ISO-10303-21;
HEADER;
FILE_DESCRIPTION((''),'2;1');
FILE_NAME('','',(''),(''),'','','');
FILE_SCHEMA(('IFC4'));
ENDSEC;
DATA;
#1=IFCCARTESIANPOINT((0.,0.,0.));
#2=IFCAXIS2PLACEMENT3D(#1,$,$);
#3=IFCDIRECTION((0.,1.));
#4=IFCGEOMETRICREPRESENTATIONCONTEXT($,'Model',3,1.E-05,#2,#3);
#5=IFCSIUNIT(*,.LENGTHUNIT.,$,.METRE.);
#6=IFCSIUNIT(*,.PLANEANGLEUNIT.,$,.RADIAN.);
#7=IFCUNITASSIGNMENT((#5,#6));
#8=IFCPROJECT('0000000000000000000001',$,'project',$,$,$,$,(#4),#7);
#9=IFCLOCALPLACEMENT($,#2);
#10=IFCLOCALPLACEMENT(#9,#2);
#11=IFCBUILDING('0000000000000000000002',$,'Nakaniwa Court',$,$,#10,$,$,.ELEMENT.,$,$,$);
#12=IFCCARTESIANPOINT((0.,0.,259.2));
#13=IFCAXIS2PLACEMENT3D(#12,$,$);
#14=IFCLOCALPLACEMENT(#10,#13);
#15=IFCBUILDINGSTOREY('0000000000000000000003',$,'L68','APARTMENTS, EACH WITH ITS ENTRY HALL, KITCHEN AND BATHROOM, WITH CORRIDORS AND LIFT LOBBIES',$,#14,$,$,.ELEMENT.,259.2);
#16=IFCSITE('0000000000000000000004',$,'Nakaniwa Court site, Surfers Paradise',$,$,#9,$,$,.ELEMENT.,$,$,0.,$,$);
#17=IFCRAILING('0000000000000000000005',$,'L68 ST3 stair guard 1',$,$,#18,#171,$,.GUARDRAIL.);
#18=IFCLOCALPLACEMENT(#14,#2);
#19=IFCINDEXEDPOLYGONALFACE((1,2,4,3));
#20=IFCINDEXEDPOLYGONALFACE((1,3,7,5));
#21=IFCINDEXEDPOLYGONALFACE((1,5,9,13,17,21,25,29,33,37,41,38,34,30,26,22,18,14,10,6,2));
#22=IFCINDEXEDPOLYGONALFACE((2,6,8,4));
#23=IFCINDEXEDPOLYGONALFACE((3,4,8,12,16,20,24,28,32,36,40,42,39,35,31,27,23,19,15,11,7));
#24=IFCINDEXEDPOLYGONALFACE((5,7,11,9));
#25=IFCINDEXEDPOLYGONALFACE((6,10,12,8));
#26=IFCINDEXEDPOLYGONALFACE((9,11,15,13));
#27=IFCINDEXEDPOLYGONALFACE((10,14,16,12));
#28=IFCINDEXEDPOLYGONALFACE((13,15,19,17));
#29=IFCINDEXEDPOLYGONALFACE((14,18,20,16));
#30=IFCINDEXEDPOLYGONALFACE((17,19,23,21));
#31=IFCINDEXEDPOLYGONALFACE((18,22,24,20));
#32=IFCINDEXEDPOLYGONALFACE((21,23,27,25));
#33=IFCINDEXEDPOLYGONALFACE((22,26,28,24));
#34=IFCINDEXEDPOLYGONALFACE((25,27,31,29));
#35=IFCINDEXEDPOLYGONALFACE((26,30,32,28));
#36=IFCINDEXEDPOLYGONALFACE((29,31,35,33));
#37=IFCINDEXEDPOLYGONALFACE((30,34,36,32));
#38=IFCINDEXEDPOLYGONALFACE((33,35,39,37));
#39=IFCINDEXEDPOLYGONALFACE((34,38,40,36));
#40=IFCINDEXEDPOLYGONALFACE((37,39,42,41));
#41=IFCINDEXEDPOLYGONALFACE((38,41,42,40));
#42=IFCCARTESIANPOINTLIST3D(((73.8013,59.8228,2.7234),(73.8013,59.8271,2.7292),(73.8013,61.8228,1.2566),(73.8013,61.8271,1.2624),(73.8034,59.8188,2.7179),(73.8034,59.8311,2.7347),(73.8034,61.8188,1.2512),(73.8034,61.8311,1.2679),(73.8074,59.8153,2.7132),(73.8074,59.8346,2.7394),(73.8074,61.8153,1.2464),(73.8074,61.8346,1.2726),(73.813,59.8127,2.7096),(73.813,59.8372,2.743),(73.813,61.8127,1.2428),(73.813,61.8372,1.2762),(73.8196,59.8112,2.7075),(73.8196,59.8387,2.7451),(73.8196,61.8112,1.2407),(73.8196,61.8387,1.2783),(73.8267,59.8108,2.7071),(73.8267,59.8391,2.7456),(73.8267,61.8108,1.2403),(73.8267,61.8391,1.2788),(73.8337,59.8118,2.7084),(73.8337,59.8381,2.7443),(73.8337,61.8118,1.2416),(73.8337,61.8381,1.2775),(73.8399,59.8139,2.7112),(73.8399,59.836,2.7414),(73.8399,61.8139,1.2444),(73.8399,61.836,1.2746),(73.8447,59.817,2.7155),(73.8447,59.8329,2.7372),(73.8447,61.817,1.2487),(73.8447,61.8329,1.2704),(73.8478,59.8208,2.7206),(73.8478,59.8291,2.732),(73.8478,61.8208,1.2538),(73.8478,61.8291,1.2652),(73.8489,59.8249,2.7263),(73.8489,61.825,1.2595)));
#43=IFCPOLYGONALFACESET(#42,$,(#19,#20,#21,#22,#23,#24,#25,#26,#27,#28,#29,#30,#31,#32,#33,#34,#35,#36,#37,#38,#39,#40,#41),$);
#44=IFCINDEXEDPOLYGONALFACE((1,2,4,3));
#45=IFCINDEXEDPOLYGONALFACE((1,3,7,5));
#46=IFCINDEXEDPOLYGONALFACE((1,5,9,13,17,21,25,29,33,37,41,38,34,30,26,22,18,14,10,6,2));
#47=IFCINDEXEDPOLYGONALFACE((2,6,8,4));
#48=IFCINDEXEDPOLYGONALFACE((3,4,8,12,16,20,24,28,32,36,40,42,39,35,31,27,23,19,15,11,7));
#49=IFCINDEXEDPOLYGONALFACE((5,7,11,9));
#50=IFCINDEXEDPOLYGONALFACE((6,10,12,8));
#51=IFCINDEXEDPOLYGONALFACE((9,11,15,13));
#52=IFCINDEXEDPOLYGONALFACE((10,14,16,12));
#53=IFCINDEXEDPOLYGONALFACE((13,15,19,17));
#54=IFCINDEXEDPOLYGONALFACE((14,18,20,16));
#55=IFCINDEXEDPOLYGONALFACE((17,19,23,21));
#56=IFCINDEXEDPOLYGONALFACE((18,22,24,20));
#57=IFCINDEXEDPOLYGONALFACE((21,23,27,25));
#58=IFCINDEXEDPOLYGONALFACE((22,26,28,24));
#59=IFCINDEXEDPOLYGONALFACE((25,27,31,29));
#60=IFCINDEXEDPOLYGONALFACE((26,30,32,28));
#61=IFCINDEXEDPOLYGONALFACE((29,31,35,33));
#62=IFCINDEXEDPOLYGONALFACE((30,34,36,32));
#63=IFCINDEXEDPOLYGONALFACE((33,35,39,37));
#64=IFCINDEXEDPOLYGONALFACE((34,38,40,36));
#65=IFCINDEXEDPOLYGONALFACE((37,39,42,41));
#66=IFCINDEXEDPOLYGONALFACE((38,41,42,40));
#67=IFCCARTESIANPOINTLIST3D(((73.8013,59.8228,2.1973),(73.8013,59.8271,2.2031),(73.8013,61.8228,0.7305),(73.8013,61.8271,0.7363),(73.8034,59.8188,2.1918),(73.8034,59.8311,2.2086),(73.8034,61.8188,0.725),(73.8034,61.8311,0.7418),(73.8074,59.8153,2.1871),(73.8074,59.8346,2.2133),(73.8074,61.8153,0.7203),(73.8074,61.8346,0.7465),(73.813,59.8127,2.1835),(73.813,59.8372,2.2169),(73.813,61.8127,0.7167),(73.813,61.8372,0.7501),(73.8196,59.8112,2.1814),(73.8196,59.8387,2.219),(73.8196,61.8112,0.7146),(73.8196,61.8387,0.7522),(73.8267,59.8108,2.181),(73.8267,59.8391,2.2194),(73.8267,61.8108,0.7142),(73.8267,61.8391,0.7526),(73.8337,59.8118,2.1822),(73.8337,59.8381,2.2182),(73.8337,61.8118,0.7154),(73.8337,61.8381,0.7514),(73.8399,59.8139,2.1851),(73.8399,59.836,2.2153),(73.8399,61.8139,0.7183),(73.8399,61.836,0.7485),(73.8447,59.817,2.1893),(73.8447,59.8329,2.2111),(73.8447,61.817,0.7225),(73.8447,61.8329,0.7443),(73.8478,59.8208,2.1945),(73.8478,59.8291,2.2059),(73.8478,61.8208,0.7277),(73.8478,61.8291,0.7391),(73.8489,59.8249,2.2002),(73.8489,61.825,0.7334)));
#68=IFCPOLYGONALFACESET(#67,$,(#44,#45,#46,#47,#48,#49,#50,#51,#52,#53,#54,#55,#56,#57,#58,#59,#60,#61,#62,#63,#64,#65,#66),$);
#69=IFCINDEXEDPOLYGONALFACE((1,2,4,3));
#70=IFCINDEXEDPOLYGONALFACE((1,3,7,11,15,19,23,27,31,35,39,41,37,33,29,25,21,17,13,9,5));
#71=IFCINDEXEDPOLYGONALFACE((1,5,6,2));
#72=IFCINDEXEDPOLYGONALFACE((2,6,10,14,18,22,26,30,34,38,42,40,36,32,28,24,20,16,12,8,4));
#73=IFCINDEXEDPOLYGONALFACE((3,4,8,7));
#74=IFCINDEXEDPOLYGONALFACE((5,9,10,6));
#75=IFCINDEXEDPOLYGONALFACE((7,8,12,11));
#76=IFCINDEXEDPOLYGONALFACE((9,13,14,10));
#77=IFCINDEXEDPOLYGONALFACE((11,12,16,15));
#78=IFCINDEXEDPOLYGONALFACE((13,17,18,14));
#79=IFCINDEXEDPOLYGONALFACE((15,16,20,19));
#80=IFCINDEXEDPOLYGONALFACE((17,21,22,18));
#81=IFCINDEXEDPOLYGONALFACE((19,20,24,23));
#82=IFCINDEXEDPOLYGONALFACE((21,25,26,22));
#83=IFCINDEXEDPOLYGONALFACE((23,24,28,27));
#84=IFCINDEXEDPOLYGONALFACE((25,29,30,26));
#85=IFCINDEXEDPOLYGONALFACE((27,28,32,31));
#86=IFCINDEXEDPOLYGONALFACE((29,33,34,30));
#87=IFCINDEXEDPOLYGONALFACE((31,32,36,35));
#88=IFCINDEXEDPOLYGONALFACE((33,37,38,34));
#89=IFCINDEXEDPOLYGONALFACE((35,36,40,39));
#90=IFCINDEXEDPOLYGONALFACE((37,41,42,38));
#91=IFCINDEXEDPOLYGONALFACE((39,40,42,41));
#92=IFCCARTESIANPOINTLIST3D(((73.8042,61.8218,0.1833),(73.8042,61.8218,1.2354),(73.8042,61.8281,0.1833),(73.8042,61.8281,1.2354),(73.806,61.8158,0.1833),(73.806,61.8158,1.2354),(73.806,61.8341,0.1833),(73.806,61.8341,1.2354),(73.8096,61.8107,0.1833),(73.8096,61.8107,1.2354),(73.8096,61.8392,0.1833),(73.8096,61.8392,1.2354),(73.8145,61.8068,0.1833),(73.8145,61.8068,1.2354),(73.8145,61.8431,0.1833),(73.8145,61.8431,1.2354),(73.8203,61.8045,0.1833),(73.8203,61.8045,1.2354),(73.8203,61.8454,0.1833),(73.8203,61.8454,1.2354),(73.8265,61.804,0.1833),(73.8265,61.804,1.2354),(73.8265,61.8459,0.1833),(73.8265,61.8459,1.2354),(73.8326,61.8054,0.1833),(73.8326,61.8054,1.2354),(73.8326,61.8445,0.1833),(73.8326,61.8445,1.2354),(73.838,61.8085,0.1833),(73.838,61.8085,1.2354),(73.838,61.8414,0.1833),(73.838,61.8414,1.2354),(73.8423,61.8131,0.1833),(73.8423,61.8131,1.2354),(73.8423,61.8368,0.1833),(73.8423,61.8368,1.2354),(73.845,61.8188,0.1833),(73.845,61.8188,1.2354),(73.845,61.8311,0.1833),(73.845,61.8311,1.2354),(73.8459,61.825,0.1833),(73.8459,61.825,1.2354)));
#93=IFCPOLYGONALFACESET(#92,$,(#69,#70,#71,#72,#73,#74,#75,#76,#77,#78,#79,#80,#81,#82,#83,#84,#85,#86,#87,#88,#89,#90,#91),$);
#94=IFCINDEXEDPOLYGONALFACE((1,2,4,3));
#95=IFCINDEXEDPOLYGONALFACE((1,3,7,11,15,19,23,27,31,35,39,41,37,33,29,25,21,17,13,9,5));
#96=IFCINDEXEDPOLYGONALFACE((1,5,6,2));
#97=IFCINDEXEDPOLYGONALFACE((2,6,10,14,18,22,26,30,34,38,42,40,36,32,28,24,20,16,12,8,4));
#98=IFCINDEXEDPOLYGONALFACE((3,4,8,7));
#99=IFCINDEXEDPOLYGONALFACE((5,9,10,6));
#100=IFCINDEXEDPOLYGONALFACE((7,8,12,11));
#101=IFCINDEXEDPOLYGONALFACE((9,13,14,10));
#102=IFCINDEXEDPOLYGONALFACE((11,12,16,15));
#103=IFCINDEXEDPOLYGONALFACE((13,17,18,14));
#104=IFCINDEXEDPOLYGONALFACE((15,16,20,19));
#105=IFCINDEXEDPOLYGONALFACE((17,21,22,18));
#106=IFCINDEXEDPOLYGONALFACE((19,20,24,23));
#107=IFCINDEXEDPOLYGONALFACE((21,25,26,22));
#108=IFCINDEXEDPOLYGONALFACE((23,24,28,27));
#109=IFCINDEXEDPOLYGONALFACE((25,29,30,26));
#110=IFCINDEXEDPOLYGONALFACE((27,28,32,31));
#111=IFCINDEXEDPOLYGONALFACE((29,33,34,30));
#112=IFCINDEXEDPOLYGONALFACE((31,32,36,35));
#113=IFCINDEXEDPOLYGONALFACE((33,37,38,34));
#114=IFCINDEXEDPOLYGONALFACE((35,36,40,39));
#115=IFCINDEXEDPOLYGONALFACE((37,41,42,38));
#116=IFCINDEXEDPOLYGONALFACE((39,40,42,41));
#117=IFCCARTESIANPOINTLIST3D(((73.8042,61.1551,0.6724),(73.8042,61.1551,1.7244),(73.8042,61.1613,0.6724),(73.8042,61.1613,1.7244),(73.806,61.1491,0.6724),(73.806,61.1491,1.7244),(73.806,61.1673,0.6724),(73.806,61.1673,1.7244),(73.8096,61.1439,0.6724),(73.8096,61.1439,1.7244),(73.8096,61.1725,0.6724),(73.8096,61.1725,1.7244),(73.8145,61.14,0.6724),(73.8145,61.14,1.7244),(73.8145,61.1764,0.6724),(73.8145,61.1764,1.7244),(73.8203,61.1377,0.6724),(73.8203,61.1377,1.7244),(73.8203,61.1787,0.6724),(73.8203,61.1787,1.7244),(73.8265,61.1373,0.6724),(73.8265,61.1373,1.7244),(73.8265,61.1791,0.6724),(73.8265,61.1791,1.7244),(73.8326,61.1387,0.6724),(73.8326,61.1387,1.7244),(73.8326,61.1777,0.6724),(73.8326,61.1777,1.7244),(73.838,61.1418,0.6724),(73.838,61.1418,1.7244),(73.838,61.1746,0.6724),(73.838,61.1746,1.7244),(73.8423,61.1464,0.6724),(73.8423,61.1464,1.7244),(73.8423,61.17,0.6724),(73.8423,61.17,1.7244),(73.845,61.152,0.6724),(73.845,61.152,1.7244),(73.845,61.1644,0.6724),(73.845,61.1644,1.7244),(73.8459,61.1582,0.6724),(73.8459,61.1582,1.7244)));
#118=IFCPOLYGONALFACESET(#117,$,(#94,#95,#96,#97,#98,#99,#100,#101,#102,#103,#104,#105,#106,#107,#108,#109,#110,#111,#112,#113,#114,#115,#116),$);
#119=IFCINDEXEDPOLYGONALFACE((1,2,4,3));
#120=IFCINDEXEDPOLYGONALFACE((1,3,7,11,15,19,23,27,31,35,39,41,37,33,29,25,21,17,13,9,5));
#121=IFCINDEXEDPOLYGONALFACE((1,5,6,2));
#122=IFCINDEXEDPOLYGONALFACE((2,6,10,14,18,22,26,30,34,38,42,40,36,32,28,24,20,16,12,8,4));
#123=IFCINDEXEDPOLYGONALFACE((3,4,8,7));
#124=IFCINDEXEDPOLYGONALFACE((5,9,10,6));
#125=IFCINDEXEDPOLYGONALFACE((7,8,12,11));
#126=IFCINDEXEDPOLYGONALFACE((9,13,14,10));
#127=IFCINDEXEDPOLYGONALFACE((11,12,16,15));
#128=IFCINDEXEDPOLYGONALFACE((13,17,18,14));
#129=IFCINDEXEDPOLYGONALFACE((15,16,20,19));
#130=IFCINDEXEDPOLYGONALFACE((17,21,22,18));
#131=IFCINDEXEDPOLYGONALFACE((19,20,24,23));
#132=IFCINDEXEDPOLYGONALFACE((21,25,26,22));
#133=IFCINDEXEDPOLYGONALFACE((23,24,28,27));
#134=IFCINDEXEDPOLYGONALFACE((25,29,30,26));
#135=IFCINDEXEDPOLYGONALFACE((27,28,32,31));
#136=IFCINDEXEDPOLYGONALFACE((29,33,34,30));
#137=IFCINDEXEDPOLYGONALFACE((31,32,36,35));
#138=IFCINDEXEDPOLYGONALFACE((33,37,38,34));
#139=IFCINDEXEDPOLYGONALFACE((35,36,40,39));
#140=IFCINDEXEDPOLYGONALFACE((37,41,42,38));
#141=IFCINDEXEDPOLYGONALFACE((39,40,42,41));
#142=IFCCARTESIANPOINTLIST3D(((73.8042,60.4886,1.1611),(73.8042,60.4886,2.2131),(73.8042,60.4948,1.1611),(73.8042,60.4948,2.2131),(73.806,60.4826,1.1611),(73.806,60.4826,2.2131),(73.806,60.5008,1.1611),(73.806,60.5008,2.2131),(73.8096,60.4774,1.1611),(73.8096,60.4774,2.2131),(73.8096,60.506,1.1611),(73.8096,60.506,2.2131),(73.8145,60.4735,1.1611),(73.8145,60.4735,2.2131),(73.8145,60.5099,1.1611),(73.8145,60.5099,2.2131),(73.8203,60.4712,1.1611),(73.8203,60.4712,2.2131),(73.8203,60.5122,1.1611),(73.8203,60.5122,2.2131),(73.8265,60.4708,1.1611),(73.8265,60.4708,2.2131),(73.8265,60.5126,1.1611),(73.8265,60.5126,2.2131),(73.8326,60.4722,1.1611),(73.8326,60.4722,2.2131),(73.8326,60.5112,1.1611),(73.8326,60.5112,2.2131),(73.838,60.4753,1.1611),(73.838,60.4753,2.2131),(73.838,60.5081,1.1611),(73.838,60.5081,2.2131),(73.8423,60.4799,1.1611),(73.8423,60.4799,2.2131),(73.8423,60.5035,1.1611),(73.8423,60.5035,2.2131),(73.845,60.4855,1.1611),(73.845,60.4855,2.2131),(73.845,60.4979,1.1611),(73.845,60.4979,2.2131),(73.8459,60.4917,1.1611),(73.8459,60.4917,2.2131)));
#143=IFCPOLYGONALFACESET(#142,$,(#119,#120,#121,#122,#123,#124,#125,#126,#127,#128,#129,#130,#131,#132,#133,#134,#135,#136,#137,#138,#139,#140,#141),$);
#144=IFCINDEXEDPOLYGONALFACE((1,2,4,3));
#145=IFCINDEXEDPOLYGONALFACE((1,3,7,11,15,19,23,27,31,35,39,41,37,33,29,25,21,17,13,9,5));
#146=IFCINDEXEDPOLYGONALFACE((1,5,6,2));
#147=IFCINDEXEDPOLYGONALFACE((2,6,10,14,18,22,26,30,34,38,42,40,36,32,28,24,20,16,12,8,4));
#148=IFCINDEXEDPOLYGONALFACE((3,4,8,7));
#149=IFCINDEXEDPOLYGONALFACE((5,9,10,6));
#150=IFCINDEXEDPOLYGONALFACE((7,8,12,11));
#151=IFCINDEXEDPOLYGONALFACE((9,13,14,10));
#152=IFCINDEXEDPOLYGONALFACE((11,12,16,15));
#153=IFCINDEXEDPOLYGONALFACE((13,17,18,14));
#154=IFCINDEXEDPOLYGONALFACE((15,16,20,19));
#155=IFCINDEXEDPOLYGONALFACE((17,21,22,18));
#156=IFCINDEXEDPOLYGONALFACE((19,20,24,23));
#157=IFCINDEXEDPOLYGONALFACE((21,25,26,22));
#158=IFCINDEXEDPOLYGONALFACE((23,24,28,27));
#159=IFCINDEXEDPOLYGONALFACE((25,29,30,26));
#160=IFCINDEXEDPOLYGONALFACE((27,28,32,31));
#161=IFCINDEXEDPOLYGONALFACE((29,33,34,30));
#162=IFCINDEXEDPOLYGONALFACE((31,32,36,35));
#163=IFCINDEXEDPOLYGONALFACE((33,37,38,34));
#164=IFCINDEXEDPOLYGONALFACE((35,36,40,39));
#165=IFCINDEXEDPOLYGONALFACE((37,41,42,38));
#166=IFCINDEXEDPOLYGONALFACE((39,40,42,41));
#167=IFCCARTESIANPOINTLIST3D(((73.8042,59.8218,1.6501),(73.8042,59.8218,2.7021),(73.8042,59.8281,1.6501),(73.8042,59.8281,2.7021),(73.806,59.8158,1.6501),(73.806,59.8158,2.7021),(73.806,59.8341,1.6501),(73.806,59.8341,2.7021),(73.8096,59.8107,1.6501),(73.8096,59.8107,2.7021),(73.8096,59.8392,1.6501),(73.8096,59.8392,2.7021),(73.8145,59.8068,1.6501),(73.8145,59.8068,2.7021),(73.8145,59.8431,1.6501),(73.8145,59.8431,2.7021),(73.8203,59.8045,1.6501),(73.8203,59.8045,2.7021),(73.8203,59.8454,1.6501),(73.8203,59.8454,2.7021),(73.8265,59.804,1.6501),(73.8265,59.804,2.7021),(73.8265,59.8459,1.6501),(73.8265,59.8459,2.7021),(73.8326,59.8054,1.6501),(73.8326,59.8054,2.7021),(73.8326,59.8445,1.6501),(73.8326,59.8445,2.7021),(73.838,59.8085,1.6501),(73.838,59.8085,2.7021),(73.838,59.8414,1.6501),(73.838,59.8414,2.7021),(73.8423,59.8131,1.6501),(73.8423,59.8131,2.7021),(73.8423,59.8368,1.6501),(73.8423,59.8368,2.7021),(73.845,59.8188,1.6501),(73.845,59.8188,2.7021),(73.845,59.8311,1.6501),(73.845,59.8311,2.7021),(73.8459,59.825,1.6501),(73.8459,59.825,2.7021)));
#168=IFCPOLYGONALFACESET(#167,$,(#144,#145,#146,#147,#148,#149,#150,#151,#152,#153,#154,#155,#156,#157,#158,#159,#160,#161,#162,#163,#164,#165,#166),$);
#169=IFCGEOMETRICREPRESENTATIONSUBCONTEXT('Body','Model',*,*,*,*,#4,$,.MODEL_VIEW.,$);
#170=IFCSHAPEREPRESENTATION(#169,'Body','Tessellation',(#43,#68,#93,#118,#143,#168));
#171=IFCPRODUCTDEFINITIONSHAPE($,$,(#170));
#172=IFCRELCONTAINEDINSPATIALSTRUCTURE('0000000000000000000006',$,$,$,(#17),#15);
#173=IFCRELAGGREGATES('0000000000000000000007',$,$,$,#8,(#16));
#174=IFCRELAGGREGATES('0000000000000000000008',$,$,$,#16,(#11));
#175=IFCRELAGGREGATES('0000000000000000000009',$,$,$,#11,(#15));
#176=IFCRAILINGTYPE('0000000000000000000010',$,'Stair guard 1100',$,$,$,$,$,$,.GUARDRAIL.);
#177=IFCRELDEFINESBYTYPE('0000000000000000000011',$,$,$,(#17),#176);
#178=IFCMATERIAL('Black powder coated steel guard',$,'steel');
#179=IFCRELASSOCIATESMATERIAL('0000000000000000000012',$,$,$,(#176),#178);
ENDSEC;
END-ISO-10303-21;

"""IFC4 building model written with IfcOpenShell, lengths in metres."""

from ifc_helpers import new_model, si_unit, direction, frame, origin, origin_2d, place, context, subcontext, project, spatial, circle, extrude, material, type_object, element, save


model = new_model("IFC4")

# Units and contexts
model_context = context("Model", 3, precision=1e-05, world=origin(), true_north=direction((0.0, 1.0)))
body_context = subcontext(model_context, "Body", "Model", "MODEL_VIEW")
ifc_project = project(units=[si_unit("LENGTHUNIT", "METRE"), si_unit("PLANEANGLEUNIT", "RADIAN")], contexts=[model_context])

# Site, building, storey
site_placement = place(None, origin())
site = spatial("IfcSite", under=ifc_project, at=site_placement, Name="Nakaniwa Court site, Surfers Paradise", CompositionType="ELEMENT", RefElevation=0.0)
building_placement = place(site_placement, origin())
building = spatial("IfcBuilding", under=site, at=building_placement, Name="Nakaniwa Court", CompositionType="ELEMENT")
storey_placement = place(building_placement, frame((0.0, 0.0, 259.2)))
storey = spatial("IfcBuildingStorey", under=building, at=storey_placement, Name="L68", Description="APARTMENTS, EACH WITH ITS ENTRY HALL, KITCHEN AND BATHROOM, WITH CORRIDORS AND LIFT LOBBIES", CompositionType="ELEMENT", Elevation=259.2)

# Railing
ifc_material_1 = material(Name="Black powder coated steel guard", Category="steel")
railing_type_1 = type_object("IfcRailingType", Name="Stair guard 1100", PredefinedType="GUARDRAIL", material=ifc_material_1)
railing_1_placement = place(storey_placement, frame((73.825, 61.825, 0.1833)))
element("IfcRailing", 1, at=railing_1_placement, inside=storey, type_object=railing_type_1, Name="L68 ST3 stair guard 1", PredefinedType="GUARDRAIL", context=body_context, shape_type="SweptSolid", body=[
    extrude(circle(Radius=0.0239, at=origin_2d()), frame((0.0, 0.0, 1.0762), z_axis=(0.0, -0.80638, 0.591398), x_axis=(1.0, 0.0, 0.0)), (0.0, 0.0, 1.0), 2.4802),
    extrude(circle(Radius=0.0239, at=origin_2d()), frame((0.0, 0.0, 0.55), z_axis=(0.0, -0.80638, 0.591398), x_axis=(1.0, 0.0, 0.0)), (0.0, 0.0, 1.0), 2.4802),
    extrude(circle(Radius=0.021, at=origin_2d()), origin(), (0.0, 0.0, 1.0), 1.052),
    extrude(circle(Radius=0.021, at=origin_2d()), frame((0.0, -0.6667, 0.489)), (0.0, 0.0, 1.0), 1.052),
    extrude(circle(Radius=0.021, at=origin_2d()), frame((0.0, -1.3333, 0.9778)), (0.0, 0.0, 1.0), 1.052),
    extrude(circle(Radius=0.021, at=origin_2d()), frame((0.0, -2.0, 1.4668)), (0.0, 0.0, 1.0), 1.052),
])

save(model, "model.ifc")
